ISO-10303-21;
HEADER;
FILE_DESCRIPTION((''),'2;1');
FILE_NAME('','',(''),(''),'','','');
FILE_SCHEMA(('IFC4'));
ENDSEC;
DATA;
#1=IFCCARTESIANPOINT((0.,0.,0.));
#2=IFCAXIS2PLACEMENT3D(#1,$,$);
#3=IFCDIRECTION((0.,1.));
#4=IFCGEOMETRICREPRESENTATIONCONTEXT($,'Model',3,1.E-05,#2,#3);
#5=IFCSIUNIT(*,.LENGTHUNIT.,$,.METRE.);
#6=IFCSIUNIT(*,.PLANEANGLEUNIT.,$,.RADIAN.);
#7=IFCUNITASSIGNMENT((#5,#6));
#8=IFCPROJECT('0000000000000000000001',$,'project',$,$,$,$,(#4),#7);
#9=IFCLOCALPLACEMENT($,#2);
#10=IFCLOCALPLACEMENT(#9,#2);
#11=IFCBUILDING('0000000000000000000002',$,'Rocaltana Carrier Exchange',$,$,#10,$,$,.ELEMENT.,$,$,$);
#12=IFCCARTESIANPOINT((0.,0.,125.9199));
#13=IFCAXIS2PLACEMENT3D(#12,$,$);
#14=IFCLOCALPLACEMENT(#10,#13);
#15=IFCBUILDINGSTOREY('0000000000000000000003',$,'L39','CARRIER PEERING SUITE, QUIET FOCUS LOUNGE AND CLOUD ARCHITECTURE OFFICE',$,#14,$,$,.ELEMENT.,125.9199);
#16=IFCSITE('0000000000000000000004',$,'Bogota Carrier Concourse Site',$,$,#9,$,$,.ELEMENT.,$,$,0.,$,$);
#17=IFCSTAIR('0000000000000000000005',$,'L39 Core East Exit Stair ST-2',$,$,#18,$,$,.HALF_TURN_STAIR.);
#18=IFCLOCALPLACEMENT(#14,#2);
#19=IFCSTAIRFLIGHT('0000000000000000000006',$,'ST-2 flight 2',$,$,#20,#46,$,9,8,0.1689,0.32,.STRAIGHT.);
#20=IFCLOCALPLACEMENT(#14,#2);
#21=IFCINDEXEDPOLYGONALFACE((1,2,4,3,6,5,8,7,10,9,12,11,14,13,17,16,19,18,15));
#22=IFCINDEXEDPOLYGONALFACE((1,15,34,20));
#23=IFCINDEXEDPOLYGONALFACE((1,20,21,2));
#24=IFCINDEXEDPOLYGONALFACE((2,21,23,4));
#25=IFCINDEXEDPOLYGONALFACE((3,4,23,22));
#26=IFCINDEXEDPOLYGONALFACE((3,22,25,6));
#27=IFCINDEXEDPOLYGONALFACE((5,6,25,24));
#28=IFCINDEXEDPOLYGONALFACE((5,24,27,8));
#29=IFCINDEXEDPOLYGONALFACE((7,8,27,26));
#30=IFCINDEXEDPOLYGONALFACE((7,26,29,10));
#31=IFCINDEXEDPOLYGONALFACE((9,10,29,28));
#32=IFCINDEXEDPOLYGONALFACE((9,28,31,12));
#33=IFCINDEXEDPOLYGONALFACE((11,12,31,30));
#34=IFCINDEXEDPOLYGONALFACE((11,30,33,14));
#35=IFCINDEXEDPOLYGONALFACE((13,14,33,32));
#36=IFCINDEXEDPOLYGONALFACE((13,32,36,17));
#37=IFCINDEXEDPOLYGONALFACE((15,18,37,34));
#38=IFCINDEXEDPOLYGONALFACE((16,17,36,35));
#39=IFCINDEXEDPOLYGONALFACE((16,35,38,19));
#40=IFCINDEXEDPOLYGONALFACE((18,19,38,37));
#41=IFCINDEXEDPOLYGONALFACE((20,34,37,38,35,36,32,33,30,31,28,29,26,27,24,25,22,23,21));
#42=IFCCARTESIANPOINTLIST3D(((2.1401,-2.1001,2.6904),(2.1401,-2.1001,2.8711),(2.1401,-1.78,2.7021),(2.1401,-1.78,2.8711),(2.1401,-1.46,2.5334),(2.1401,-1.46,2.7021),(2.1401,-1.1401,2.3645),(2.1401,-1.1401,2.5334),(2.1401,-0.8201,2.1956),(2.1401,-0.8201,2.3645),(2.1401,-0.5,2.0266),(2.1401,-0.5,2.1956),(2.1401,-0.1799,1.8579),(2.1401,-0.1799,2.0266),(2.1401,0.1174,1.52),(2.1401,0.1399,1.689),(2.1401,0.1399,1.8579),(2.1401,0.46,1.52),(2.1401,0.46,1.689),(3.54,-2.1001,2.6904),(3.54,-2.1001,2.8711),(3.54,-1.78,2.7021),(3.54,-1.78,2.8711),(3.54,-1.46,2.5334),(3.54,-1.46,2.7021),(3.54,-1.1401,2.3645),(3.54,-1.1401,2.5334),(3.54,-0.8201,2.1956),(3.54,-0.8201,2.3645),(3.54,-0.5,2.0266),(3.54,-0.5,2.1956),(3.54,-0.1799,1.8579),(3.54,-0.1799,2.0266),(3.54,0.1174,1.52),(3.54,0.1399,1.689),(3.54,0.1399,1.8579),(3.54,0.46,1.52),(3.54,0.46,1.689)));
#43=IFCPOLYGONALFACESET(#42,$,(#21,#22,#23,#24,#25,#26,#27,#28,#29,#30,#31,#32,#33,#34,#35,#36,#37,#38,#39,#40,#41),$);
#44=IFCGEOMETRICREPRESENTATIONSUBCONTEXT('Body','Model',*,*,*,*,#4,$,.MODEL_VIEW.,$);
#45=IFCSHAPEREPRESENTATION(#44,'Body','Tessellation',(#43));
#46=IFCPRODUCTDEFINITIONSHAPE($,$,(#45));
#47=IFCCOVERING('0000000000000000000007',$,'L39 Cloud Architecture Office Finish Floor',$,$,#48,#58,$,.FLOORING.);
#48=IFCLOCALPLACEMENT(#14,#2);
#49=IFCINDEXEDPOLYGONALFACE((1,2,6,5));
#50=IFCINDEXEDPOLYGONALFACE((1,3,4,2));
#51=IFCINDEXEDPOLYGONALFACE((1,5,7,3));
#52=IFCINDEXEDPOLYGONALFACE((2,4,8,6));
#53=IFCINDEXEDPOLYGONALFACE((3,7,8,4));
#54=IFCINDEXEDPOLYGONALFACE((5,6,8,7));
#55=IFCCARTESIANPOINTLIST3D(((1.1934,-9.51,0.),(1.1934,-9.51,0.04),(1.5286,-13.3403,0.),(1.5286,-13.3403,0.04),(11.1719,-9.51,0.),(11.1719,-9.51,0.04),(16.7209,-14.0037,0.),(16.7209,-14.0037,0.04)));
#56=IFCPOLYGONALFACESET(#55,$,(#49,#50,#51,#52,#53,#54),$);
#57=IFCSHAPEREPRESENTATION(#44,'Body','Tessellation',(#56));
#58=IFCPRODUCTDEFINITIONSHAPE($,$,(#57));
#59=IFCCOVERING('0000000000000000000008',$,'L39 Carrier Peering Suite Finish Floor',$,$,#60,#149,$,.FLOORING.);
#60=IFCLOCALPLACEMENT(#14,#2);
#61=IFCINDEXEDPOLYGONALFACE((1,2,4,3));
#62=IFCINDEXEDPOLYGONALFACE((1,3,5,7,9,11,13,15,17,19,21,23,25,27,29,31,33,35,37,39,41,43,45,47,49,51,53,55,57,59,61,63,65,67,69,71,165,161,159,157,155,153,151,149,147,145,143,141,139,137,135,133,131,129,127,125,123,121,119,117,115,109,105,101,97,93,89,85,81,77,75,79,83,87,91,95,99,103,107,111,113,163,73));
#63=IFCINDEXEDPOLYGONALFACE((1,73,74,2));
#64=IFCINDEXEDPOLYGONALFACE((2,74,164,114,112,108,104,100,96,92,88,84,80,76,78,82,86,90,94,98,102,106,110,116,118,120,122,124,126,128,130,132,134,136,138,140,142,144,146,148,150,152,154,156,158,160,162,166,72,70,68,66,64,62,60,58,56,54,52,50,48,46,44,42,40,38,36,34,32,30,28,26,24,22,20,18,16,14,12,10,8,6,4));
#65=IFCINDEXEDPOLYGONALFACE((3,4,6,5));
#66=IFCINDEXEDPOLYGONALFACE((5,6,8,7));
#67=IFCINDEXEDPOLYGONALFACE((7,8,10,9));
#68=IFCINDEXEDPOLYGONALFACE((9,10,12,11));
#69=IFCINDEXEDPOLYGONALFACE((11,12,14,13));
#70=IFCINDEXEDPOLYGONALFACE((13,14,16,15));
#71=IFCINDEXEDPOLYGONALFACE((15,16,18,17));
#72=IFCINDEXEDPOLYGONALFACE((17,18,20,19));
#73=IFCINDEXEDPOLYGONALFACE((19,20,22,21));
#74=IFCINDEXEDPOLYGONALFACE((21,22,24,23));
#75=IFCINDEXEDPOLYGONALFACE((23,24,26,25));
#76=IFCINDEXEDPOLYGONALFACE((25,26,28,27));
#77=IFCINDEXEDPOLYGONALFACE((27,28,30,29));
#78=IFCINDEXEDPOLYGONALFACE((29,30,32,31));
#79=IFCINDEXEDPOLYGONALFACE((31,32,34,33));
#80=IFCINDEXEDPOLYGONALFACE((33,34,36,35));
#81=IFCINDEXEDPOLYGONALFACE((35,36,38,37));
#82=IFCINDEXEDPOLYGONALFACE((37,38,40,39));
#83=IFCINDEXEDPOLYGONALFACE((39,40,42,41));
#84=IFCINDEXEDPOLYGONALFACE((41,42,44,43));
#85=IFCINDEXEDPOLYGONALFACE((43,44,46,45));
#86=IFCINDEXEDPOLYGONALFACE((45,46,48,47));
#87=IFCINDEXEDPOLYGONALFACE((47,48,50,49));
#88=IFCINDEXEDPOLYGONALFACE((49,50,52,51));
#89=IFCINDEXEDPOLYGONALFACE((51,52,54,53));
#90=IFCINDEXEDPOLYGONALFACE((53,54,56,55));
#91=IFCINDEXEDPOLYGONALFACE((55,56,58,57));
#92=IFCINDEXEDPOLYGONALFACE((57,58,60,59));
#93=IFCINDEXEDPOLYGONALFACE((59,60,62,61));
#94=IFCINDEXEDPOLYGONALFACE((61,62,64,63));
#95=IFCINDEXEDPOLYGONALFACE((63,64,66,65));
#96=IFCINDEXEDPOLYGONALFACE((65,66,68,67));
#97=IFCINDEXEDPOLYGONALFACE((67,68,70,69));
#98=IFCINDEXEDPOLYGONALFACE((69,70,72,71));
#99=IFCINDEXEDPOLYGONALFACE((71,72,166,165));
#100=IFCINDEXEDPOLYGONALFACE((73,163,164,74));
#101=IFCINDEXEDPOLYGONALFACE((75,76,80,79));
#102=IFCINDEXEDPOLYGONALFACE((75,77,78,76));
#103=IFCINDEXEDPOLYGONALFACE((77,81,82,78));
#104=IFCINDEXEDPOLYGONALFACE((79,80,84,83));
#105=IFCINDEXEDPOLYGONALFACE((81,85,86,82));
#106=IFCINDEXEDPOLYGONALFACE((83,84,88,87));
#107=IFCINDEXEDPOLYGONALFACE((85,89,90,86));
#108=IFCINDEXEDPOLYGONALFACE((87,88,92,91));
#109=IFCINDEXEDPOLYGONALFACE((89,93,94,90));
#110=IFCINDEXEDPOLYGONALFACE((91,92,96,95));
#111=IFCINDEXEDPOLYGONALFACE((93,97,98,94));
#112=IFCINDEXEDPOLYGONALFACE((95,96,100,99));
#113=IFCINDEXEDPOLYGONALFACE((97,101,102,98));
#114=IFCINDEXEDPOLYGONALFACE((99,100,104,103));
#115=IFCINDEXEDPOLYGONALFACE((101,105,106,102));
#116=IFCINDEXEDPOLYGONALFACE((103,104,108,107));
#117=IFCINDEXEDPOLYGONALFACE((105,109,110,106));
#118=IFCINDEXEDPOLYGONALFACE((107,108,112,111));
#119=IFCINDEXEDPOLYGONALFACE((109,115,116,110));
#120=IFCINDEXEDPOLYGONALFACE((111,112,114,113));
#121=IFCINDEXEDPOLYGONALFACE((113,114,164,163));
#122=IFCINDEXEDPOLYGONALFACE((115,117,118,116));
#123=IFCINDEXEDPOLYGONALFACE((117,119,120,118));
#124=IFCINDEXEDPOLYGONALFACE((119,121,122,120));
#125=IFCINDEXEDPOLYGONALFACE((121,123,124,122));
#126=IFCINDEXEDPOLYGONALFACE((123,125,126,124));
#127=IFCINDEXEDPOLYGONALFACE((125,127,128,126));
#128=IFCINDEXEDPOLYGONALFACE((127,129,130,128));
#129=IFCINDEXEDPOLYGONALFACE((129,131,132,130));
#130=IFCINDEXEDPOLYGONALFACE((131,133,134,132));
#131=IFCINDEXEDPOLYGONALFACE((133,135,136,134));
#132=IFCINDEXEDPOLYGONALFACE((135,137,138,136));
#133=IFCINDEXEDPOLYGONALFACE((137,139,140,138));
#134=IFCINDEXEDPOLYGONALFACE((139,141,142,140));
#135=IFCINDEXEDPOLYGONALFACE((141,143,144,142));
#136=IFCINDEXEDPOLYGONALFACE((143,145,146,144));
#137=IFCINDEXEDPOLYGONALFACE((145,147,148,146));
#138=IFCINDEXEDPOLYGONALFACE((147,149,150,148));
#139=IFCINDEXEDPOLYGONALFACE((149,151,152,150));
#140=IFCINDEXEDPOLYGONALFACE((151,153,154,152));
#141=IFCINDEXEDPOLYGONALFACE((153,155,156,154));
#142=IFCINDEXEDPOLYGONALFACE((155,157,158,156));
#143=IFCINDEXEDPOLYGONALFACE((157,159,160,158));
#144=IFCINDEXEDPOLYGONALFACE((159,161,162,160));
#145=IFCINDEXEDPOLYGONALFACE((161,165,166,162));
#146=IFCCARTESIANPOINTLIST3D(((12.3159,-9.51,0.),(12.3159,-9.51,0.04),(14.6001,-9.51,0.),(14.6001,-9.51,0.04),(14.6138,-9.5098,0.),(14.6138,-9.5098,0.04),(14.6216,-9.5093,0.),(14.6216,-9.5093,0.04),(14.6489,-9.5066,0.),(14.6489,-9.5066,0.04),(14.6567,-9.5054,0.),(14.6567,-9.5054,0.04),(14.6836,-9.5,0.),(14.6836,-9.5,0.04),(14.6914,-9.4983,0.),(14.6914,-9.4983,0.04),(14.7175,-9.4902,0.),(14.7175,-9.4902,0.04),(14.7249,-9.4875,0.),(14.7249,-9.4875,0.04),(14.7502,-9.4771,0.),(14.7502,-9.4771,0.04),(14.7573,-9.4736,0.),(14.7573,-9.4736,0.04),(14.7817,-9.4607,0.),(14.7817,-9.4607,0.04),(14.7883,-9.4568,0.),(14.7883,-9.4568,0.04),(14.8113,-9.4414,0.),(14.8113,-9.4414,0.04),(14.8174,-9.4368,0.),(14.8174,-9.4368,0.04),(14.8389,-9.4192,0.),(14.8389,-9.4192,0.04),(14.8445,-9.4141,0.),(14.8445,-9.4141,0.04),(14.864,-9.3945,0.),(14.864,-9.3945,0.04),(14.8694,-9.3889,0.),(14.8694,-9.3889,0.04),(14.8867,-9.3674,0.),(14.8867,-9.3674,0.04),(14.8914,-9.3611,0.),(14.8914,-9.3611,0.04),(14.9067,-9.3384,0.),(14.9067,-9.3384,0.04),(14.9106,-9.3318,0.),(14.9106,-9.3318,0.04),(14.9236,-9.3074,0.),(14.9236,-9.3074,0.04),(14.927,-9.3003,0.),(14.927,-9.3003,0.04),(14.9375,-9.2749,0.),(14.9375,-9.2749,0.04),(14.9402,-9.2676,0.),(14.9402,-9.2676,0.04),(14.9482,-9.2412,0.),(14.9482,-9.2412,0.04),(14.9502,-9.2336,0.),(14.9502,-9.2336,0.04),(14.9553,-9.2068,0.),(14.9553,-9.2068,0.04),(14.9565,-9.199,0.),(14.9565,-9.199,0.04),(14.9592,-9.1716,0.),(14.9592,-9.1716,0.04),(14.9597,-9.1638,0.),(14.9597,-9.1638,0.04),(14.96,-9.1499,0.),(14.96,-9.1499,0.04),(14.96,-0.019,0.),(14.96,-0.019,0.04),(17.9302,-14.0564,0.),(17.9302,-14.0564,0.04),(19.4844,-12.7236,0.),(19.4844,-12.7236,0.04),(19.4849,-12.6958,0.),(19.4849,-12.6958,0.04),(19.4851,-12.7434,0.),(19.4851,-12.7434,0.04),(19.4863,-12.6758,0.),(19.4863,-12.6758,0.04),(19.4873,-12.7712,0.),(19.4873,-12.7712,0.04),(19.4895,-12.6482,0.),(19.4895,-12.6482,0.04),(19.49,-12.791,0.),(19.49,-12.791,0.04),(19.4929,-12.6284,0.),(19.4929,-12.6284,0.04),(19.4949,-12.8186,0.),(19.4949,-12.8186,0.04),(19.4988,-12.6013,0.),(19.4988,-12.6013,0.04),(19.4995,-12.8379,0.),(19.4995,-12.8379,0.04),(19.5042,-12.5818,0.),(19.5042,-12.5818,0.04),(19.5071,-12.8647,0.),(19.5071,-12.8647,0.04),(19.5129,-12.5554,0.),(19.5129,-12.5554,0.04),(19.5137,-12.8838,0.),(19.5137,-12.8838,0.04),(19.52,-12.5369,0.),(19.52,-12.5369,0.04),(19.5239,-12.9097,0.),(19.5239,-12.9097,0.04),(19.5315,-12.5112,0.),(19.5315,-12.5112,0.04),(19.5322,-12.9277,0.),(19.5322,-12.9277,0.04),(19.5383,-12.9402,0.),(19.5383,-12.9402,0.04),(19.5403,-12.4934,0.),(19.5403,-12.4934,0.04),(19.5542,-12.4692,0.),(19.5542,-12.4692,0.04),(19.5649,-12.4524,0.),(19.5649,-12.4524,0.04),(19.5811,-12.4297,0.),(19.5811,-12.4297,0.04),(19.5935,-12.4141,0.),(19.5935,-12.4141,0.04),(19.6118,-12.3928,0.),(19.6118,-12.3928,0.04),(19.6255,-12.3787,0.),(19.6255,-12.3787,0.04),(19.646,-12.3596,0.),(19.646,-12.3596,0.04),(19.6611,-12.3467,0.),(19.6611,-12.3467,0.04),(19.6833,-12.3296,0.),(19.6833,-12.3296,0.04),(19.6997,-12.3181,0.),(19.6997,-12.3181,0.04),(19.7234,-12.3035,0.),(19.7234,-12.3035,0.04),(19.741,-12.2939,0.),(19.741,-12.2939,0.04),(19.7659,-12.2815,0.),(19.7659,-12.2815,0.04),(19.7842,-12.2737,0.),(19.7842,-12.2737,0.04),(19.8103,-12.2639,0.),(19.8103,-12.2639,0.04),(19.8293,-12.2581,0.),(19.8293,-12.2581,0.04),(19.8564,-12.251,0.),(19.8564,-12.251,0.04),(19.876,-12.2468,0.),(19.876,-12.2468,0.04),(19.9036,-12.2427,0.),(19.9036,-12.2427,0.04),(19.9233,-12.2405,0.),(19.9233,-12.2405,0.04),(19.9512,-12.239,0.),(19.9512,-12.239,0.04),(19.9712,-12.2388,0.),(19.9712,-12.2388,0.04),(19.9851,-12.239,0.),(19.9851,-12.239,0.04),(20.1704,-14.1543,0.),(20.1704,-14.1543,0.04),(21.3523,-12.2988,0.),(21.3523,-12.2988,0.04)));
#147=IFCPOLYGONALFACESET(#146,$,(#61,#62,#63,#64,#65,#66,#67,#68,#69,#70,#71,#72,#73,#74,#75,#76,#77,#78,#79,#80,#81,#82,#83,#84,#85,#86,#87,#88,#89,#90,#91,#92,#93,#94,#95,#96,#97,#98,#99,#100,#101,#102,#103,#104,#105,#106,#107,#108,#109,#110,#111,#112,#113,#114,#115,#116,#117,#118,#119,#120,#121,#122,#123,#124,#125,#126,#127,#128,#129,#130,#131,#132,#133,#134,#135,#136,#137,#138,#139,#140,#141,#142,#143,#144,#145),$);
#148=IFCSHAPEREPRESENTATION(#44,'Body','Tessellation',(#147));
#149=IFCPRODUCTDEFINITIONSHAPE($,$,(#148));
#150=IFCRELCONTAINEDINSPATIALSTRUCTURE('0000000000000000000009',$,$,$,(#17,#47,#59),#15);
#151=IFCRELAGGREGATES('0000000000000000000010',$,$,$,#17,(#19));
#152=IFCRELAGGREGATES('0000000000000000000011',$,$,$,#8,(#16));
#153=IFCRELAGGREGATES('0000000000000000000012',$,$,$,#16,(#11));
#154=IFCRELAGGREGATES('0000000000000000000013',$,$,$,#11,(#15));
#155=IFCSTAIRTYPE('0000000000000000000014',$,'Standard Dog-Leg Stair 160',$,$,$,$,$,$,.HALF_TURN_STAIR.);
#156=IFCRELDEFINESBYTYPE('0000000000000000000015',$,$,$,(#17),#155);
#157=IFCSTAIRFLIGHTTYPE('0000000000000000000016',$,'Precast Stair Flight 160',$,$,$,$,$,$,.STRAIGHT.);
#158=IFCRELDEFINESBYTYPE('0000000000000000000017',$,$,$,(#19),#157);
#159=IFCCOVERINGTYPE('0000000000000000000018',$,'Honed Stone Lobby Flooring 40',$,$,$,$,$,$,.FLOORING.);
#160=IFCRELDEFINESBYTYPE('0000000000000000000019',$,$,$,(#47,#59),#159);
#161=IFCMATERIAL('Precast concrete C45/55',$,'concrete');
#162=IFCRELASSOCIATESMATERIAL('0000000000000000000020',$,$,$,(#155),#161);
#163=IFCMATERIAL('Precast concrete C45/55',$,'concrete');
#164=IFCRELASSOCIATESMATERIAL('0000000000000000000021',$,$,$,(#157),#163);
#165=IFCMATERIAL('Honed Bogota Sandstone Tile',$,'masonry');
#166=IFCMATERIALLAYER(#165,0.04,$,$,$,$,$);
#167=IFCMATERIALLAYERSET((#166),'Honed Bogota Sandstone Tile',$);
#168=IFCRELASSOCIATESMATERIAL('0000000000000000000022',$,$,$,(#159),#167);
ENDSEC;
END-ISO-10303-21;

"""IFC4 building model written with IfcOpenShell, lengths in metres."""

from ifc_helpers import new_model, si_unit, direction, frame, origin, place, context, subcontext, project, spatial, polyline, outline, extrude, material, layer, layer_set, type_object, element, aggregate, save


model = new_model("IFC4")

# Units and contexts
model_context = context("Model", 3, precision=1e-05, world=origin(), true_north=direction((0.0, 1.0)))
body_context = subcontext(model_context, "Body", "Model", "MODEL_VIEW")
ifc_project = project(units=[si_unit("LENGTHUNIT", "METRE"), si_unit("PLANEANGLEUNIT", "RADIAN")], contexts=[model_context])

# Site, building, storey
site_placement = place(None, origin())
site = spatial("IfcSite", under=ifc_project, at=site_placement, Name="Bogota Carrier Concourse Site", CompositionType="ELEMENT", RefElevation=0.0)
building_placement = place(site_placement, origin())
building = spatial("IfcBuilding", under=site, at=building_placement, Name="Rocaltana Carrier Exchange", CompositionType="ELEMENT")
storey_placement = place(building_placement, frame((0.0, 0.0, 125.9199)))
storey = spatial("IfcBuildingStorey", under=building, at=storey_placement, Name="L39", Description="CARRIER PEERING SUITE, QUIET FOCUS LOUNGE AND CLOUD ARCHITECTURE OFFICE", CompositionType="ELEMENT", Elevation=125.9199)

# Stair, stair flight
ifc_material_1 = material(Name="Precast concrete C45/55", Category="concrete")
stair_type = type_object("IfcStairType", Name="Standard Dog-Leg Stair 160", PredefinedType="HALF_TURN_STAIR", material=ifc_material_1)
stair_placement = place(storey_placement, origin())
stair = element("IfcStair", 1, at=stair_placement, inside=storey, type_object=stair_type, Name="L39 Core East Exit Stair ST-2", PredefinedType="HALF_TURN_STAIR")
ifc_material_2 = material(Name="Precast concrete C45/55", Category="concrete")
stair_flight_type = type_object("IfcStairFlightType", Name="Precast Stair Flight 160", PredefinedType="STRAIGHT", material=ifc_material_2)
stair_flight_placement = place(storey_placement, frame((2.8401, 0.46, 1.52), z_axis=(0.0, 0.0, 1.0), x_axis=(0.0, -1.0, 0.0)))
stair_flight = element("IfcStairFlight", 2, at=stair_flight_placement, type_object=stair_flight_type, Name="ST-2 flight 2", NumberOfRisers=9, NumberOfTreads=8, PredefinedType="STRAIGHT", RiserHeight=0.1689, TreadLength=0.32, context=body_context, shape_type="SweptSolid", body=[
    extrude(outline(polyline([(0.0, 0.0), (0.0, 0.1689), (0.3201, 0.1689), (0.3201, 0.3379), (0.6399, 0.3379), (0.6399, 0.5066), (0.96, 0.5066), (0.96, 0.6755), (1.28, 0.6755), (1.28, 0.8445), (1.6001, 0.8445), (1.6001, 1.0134), (1.9199, 1.0134), (1.9199, 1.1821), (2.24, 1.1821), (2.24, 1.3511), (2.5601, 1.3511), (2.5601, 1.52), (2.5601, 1.1704), (0.3425, 0.0), (0.0, 0.0)])), frame((0.0, 0.7, 0.0), z_axis=(0.0, -1.0, 0.0), x_axis=(1.0, 0.0, 0.0)), (0.0, 0.0, 1.0), 1.3999),
])
aggregate(stair, [stair_flight])

# Coverings
ifc_material_3 = material(Name="Honed Bogota Sandstone Tile", Category="masonry")
ifc_layer_1 = layer(ifc_material_3, 0.04)
ifc_layer_set_1 = layer_set([ifc_layer_1], Name="Honed Bogota Sandstone Tile")
covering_type_1 = type_object("IfcCoveringType", Name="Honed Stone Lobby Flooring 40", PredefinedType="FLOORING", material=ifc_layer_set_1)
covering_1_placement = place(storey_placement, origin())
element("IfcCovering", 3, at=covering_1_placement, inside=storey, type_object=covering_type_1, Name="L39 Cloud Architecture Office Finish Floor", PredefinedType="FLOORING", context=body_context, shape_type="SweptSolid", body=[
    extrude(outline(polyline([(1.5286, -13.3403), (1.1934, -9.51), (11.1719, -9.51), (16.7209, -14.0037), (1.5286, -13.3403)])), origin(), (0.0, 0.0, 1.0), 0.04),
])
covering_2_placement = place(storey_placement, origin())
element("IfcCovering", 4, at=covering_2_placement, inside=storey, type_object=covering_type_1, Name="L39 Carrier Peering Suite Finish Floor", PredefinedType="FLOORING", context=body_context, shape_type="SweptSolid", body=[
    extrude(outline(polyline([(14.96, -0.019), (21.3523, -12.2988), (19.9851, -12.239), (19.9712, -12.2388), (19.9512, -12.239), (19.9233, -12.2405), (19.9036, -12.2427), (19.876, -12.2468), (19.8564, -12.251), (19.8293, -12.2581), (19.8103, -12.2639), (19.7842, -12.2737), (19.7659, -12.2815), (19.741, -12.2939), (19.7234, -12.3035), (19.6997, -12.3181), (19.6833, -12.3296), (19.6611, -12.3467), (19.646, -12.3596), (19.6255, -12.3787), (19.6118, -12.3928), (19.5935, -12.4141), (19.5811, -12.4297), (19.5649, -12.4524), (19.5542, -12.4692), (19.5403, -12.4934), (19.5315, -12.5112), (19.52, -12.5369), (19.5129, -12.5554), (19.5042, -12.5818), (19.4988, -12.6013), (19.4929, -12.6284), (19.4895, -12.6482), (19.4863, -12.6758), (19.4849, -12.6958), (19.4844, -12.7236), (19.4851, -12.7434), (19.4873, -12.7712), (19.49, -12.791), (19.4949, -12.8186), (19.4995, -12.8379), (19.5071, -12.8647), (19.5137, -12.8838), (19.5239, -12.9097), (19.5322, -12.9277), (19.5383, -12.9402), (20.1704, -14.1543), (17.9302, -14.0564), (12.3159, -9.51), (14.6001, -9.51), (14.6138, -9.5098), (14.6216, -9.5093), (14.6489, -9.5066), (14.6567, -9.5054), (14.6836, -9.5), (14.6914, -9.4983), (14.7175, -9.4902), (14.7249, -9.4875), (14.7502, -9.4771), (14.7573, -9.4736), (14.7817, -9.4607), (14.7883, -9.4568), (14.8113, -9.4414), (14.8174, -9.4368), (14.8389, -9.4192), (14.8445, -9.4141), (14.864, -9.3945), (14.8694, -9.3889), (14.8867, -9.3674), (14.8914, -9.3611), (14.9067, -9.3384), (14.9106, -9.3318), (14.9236, -9.3074), (14.927, -9.3003), (14.9375, -9.2749), (14.9402, -9.2676), (14.9482, -9.2412), (14.9502, -9.2336), (14.9553, -9.2068), (14.9565, -9.199), (14.9592, -9.1716), (14.9597, -9.1638), (14.96, -9.1499), (14.96, -0.019)])), origin(), (0.0, 0.0, 1.0), 0.04),
])

save(model, "model.ifc")
